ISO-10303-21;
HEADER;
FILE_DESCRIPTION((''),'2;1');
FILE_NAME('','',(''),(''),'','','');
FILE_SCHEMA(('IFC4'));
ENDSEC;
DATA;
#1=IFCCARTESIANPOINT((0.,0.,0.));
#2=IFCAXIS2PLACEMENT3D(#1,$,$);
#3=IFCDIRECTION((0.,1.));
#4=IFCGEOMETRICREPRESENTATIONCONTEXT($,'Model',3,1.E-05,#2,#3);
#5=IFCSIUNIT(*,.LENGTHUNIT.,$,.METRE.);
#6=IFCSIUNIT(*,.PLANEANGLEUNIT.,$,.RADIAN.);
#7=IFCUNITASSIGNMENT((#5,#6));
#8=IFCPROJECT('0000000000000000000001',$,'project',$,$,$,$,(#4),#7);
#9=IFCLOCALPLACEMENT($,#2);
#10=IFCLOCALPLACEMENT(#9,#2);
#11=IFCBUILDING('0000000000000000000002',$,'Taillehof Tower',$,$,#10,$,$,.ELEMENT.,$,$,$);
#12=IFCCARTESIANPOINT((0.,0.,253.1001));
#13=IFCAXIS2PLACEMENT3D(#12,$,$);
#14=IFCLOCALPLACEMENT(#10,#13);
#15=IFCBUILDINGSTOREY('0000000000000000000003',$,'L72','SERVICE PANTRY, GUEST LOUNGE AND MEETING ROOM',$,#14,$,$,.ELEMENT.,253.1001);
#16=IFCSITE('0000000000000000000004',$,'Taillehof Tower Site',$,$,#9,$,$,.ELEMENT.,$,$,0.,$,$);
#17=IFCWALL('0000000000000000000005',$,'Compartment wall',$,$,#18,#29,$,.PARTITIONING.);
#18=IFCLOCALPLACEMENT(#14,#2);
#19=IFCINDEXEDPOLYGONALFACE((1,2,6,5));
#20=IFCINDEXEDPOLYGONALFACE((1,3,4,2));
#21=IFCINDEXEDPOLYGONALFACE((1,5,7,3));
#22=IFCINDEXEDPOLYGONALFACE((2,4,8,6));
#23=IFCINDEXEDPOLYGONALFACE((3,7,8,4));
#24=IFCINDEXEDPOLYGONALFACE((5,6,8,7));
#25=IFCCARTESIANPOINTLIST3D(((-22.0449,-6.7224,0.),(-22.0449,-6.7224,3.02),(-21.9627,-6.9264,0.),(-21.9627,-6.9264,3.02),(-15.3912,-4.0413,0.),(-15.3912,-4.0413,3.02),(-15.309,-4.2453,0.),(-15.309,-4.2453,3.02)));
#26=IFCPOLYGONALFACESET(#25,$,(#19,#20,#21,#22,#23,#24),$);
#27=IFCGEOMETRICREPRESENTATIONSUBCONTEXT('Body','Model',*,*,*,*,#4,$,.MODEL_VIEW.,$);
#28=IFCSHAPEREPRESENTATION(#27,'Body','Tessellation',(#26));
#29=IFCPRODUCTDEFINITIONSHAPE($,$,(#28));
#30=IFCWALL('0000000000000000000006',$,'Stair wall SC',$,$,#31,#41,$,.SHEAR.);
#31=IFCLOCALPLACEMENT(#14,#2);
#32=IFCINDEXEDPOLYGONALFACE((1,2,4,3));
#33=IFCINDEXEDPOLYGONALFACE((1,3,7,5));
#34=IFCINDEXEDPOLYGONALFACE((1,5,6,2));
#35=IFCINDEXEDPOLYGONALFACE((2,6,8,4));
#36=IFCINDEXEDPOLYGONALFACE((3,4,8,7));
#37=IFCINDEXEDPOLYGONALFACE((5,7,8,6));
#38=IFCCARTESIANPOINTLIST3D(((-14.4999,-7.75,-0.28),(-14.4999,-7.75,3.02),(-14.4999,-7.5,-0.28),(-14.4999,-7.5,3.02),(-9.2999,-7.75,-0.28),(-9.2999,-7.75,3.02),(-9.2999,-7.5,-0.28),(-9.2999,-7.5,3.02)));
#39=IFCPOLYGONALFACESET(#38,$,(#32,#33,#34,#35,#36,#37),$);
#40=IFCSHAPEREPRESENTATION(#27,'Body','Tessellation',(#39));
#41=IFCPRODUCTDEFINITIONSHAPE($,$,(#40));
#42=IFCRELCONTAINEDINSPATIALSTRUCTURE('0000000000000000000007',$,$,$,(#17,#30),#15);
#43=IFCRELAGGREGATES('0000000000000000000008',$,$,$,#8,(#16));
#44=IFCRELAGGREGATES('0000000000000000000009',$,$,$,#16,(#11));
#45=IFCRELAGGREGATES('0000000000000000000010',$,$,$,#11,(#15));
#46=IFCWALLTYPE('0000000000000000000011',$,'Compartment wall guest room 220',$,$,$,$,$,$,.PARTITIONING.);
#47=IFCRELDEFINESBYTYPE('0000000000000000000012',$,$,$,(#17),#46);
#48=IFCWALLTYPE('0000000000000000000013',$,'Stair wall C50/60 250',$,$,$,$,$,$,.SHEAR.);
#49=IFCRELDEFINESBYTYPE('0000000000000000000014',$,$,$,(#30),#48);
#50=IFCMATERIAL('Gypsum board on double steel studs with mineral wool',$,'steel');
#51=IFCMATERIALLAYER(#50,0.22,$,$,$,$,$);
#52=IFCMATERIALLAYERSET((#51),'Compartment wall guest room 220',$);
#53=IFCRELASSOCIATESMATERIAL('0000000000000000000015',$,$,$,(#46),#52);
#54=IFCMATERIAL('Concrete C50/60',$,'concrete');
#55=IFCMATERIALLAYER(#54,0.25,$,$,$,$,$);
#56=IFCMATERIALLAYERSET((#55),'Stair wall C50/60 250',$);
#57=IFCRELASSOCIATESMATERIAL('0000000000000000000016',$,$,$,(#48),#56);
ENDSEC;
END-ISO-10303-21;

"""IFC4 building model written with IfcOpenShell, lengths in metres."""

from ifc_helpers import new_model, si_unit, direction, frame, frame_2d, origin, place, context, subcontext, project, spatial, rectangle, extrude, material, layer, layer_set, type_object, element, save


model = new_model("IFC4")

# Units and contexts
model_context = context("Model", 3, precision=1e-05, world=origin(), true_north=direction((0.0, 1.0)))
body_context = subcontext(model_context, "Body", "Model", "MODEL_VIEW")
ifc_project = project(units=[si_unit("LENGTHUNIT", "METRE"), si_unit("PLANEANGLEUNIT", "RADIAN")], contexts=[model_context])

# Site, building, storey
site_placement = place(None, origin())
site = spatial("IfcSite", under=ifc_project, at=site_placement, Name="Taillehof Tower Site", CompositionType="ELEMENT", RefElevation=0.0)
building_placement = place(site_placement, origin())
building = spatial("IfcBuilding", under=site, at=building_placement, Name="Taillehof Tower", CompositionType="ELEMENT")
storey_placement = place(building_placement, frame((0.0, 0.0, 253.1001)))
storey = spatial("IfcBuildingStorey", under=building, at=storey_placement, Name="L72", Description="SERVICE PANTRY, GUEST LOUNGE AND MEETING ROOM", CompositionType="ELEMENT", Elevation=253.1001)

# Walls
ifc_material_1 = material(Name="Gypsum board on double steel studs with mineral wool", Category="steel")
ifc_layer_1 = layer(ifc_material_1, 0.22)
ifc_layer_set_1 = layer_set([ifc_layer_1], Name="Compartment wall guest room 220")
wall_type_1 = type_object("IfcWallType", Name="Compartment wall guest room 220", PredefinedType="PARTITIONING", material=ifc_layer_set_1)
wall_1_placement = place(storey_placement, frame((-22.0039, -6.8245, 0.0), z_axis=(0.0, 0.0, 1.0), x_axis=(0.92753, 0.373748, 0.0)))
element("IfcWall", 1, at=wall_1_placement, inside=storey, type_object=wall_type_1, Name="Compartment wall", PredefinedType="PARTITIONING", context=body_context, shape_type="SweptSolid", body=[
    extrude(rectangle(XDim=7.1736, YDim=0.22, at=frame_2d((3.5869, 0.0))), origin(), (0.0, 0.0, 1.0), 3.02),
])
ifc_material_2 = material(Name="Concrete C50/60", Category="concrete")
ifc_layer_2 = layer(ifc_material_2, 0.25)
ifc_layer_set_2 = layer_set([ifc_layer_2], Name="Stair wall C50/60 250")
wall_type_2 = type_object("IfcWallType", Name="Stair wall C50/60 250", PredefinedType="SHEAR", material=ifc_layer_set_2)
wall_2_placement = place(storey_placement, frame((-14.5, -7.625, -0.28), z_axis=(0.0, 0.0, 1.0), x_axis=(1.0, 0.0, 0.0)))
element("IfcWall", 2, at=wall_2_placement, inside=storey, type_object=wall_type_2, Name="Stair wall SC", PredefinedType="SHEAR", context=body_context, shape_type="SweptSolid", body=[
    extrude(rectangle(XDim=5.2, YDim=0.25, at=frame_2d((2.6001, 0.0))), origin(), (0.0, 0.0, 1.0), 3.3),
])

save(model, "model.ifc")
